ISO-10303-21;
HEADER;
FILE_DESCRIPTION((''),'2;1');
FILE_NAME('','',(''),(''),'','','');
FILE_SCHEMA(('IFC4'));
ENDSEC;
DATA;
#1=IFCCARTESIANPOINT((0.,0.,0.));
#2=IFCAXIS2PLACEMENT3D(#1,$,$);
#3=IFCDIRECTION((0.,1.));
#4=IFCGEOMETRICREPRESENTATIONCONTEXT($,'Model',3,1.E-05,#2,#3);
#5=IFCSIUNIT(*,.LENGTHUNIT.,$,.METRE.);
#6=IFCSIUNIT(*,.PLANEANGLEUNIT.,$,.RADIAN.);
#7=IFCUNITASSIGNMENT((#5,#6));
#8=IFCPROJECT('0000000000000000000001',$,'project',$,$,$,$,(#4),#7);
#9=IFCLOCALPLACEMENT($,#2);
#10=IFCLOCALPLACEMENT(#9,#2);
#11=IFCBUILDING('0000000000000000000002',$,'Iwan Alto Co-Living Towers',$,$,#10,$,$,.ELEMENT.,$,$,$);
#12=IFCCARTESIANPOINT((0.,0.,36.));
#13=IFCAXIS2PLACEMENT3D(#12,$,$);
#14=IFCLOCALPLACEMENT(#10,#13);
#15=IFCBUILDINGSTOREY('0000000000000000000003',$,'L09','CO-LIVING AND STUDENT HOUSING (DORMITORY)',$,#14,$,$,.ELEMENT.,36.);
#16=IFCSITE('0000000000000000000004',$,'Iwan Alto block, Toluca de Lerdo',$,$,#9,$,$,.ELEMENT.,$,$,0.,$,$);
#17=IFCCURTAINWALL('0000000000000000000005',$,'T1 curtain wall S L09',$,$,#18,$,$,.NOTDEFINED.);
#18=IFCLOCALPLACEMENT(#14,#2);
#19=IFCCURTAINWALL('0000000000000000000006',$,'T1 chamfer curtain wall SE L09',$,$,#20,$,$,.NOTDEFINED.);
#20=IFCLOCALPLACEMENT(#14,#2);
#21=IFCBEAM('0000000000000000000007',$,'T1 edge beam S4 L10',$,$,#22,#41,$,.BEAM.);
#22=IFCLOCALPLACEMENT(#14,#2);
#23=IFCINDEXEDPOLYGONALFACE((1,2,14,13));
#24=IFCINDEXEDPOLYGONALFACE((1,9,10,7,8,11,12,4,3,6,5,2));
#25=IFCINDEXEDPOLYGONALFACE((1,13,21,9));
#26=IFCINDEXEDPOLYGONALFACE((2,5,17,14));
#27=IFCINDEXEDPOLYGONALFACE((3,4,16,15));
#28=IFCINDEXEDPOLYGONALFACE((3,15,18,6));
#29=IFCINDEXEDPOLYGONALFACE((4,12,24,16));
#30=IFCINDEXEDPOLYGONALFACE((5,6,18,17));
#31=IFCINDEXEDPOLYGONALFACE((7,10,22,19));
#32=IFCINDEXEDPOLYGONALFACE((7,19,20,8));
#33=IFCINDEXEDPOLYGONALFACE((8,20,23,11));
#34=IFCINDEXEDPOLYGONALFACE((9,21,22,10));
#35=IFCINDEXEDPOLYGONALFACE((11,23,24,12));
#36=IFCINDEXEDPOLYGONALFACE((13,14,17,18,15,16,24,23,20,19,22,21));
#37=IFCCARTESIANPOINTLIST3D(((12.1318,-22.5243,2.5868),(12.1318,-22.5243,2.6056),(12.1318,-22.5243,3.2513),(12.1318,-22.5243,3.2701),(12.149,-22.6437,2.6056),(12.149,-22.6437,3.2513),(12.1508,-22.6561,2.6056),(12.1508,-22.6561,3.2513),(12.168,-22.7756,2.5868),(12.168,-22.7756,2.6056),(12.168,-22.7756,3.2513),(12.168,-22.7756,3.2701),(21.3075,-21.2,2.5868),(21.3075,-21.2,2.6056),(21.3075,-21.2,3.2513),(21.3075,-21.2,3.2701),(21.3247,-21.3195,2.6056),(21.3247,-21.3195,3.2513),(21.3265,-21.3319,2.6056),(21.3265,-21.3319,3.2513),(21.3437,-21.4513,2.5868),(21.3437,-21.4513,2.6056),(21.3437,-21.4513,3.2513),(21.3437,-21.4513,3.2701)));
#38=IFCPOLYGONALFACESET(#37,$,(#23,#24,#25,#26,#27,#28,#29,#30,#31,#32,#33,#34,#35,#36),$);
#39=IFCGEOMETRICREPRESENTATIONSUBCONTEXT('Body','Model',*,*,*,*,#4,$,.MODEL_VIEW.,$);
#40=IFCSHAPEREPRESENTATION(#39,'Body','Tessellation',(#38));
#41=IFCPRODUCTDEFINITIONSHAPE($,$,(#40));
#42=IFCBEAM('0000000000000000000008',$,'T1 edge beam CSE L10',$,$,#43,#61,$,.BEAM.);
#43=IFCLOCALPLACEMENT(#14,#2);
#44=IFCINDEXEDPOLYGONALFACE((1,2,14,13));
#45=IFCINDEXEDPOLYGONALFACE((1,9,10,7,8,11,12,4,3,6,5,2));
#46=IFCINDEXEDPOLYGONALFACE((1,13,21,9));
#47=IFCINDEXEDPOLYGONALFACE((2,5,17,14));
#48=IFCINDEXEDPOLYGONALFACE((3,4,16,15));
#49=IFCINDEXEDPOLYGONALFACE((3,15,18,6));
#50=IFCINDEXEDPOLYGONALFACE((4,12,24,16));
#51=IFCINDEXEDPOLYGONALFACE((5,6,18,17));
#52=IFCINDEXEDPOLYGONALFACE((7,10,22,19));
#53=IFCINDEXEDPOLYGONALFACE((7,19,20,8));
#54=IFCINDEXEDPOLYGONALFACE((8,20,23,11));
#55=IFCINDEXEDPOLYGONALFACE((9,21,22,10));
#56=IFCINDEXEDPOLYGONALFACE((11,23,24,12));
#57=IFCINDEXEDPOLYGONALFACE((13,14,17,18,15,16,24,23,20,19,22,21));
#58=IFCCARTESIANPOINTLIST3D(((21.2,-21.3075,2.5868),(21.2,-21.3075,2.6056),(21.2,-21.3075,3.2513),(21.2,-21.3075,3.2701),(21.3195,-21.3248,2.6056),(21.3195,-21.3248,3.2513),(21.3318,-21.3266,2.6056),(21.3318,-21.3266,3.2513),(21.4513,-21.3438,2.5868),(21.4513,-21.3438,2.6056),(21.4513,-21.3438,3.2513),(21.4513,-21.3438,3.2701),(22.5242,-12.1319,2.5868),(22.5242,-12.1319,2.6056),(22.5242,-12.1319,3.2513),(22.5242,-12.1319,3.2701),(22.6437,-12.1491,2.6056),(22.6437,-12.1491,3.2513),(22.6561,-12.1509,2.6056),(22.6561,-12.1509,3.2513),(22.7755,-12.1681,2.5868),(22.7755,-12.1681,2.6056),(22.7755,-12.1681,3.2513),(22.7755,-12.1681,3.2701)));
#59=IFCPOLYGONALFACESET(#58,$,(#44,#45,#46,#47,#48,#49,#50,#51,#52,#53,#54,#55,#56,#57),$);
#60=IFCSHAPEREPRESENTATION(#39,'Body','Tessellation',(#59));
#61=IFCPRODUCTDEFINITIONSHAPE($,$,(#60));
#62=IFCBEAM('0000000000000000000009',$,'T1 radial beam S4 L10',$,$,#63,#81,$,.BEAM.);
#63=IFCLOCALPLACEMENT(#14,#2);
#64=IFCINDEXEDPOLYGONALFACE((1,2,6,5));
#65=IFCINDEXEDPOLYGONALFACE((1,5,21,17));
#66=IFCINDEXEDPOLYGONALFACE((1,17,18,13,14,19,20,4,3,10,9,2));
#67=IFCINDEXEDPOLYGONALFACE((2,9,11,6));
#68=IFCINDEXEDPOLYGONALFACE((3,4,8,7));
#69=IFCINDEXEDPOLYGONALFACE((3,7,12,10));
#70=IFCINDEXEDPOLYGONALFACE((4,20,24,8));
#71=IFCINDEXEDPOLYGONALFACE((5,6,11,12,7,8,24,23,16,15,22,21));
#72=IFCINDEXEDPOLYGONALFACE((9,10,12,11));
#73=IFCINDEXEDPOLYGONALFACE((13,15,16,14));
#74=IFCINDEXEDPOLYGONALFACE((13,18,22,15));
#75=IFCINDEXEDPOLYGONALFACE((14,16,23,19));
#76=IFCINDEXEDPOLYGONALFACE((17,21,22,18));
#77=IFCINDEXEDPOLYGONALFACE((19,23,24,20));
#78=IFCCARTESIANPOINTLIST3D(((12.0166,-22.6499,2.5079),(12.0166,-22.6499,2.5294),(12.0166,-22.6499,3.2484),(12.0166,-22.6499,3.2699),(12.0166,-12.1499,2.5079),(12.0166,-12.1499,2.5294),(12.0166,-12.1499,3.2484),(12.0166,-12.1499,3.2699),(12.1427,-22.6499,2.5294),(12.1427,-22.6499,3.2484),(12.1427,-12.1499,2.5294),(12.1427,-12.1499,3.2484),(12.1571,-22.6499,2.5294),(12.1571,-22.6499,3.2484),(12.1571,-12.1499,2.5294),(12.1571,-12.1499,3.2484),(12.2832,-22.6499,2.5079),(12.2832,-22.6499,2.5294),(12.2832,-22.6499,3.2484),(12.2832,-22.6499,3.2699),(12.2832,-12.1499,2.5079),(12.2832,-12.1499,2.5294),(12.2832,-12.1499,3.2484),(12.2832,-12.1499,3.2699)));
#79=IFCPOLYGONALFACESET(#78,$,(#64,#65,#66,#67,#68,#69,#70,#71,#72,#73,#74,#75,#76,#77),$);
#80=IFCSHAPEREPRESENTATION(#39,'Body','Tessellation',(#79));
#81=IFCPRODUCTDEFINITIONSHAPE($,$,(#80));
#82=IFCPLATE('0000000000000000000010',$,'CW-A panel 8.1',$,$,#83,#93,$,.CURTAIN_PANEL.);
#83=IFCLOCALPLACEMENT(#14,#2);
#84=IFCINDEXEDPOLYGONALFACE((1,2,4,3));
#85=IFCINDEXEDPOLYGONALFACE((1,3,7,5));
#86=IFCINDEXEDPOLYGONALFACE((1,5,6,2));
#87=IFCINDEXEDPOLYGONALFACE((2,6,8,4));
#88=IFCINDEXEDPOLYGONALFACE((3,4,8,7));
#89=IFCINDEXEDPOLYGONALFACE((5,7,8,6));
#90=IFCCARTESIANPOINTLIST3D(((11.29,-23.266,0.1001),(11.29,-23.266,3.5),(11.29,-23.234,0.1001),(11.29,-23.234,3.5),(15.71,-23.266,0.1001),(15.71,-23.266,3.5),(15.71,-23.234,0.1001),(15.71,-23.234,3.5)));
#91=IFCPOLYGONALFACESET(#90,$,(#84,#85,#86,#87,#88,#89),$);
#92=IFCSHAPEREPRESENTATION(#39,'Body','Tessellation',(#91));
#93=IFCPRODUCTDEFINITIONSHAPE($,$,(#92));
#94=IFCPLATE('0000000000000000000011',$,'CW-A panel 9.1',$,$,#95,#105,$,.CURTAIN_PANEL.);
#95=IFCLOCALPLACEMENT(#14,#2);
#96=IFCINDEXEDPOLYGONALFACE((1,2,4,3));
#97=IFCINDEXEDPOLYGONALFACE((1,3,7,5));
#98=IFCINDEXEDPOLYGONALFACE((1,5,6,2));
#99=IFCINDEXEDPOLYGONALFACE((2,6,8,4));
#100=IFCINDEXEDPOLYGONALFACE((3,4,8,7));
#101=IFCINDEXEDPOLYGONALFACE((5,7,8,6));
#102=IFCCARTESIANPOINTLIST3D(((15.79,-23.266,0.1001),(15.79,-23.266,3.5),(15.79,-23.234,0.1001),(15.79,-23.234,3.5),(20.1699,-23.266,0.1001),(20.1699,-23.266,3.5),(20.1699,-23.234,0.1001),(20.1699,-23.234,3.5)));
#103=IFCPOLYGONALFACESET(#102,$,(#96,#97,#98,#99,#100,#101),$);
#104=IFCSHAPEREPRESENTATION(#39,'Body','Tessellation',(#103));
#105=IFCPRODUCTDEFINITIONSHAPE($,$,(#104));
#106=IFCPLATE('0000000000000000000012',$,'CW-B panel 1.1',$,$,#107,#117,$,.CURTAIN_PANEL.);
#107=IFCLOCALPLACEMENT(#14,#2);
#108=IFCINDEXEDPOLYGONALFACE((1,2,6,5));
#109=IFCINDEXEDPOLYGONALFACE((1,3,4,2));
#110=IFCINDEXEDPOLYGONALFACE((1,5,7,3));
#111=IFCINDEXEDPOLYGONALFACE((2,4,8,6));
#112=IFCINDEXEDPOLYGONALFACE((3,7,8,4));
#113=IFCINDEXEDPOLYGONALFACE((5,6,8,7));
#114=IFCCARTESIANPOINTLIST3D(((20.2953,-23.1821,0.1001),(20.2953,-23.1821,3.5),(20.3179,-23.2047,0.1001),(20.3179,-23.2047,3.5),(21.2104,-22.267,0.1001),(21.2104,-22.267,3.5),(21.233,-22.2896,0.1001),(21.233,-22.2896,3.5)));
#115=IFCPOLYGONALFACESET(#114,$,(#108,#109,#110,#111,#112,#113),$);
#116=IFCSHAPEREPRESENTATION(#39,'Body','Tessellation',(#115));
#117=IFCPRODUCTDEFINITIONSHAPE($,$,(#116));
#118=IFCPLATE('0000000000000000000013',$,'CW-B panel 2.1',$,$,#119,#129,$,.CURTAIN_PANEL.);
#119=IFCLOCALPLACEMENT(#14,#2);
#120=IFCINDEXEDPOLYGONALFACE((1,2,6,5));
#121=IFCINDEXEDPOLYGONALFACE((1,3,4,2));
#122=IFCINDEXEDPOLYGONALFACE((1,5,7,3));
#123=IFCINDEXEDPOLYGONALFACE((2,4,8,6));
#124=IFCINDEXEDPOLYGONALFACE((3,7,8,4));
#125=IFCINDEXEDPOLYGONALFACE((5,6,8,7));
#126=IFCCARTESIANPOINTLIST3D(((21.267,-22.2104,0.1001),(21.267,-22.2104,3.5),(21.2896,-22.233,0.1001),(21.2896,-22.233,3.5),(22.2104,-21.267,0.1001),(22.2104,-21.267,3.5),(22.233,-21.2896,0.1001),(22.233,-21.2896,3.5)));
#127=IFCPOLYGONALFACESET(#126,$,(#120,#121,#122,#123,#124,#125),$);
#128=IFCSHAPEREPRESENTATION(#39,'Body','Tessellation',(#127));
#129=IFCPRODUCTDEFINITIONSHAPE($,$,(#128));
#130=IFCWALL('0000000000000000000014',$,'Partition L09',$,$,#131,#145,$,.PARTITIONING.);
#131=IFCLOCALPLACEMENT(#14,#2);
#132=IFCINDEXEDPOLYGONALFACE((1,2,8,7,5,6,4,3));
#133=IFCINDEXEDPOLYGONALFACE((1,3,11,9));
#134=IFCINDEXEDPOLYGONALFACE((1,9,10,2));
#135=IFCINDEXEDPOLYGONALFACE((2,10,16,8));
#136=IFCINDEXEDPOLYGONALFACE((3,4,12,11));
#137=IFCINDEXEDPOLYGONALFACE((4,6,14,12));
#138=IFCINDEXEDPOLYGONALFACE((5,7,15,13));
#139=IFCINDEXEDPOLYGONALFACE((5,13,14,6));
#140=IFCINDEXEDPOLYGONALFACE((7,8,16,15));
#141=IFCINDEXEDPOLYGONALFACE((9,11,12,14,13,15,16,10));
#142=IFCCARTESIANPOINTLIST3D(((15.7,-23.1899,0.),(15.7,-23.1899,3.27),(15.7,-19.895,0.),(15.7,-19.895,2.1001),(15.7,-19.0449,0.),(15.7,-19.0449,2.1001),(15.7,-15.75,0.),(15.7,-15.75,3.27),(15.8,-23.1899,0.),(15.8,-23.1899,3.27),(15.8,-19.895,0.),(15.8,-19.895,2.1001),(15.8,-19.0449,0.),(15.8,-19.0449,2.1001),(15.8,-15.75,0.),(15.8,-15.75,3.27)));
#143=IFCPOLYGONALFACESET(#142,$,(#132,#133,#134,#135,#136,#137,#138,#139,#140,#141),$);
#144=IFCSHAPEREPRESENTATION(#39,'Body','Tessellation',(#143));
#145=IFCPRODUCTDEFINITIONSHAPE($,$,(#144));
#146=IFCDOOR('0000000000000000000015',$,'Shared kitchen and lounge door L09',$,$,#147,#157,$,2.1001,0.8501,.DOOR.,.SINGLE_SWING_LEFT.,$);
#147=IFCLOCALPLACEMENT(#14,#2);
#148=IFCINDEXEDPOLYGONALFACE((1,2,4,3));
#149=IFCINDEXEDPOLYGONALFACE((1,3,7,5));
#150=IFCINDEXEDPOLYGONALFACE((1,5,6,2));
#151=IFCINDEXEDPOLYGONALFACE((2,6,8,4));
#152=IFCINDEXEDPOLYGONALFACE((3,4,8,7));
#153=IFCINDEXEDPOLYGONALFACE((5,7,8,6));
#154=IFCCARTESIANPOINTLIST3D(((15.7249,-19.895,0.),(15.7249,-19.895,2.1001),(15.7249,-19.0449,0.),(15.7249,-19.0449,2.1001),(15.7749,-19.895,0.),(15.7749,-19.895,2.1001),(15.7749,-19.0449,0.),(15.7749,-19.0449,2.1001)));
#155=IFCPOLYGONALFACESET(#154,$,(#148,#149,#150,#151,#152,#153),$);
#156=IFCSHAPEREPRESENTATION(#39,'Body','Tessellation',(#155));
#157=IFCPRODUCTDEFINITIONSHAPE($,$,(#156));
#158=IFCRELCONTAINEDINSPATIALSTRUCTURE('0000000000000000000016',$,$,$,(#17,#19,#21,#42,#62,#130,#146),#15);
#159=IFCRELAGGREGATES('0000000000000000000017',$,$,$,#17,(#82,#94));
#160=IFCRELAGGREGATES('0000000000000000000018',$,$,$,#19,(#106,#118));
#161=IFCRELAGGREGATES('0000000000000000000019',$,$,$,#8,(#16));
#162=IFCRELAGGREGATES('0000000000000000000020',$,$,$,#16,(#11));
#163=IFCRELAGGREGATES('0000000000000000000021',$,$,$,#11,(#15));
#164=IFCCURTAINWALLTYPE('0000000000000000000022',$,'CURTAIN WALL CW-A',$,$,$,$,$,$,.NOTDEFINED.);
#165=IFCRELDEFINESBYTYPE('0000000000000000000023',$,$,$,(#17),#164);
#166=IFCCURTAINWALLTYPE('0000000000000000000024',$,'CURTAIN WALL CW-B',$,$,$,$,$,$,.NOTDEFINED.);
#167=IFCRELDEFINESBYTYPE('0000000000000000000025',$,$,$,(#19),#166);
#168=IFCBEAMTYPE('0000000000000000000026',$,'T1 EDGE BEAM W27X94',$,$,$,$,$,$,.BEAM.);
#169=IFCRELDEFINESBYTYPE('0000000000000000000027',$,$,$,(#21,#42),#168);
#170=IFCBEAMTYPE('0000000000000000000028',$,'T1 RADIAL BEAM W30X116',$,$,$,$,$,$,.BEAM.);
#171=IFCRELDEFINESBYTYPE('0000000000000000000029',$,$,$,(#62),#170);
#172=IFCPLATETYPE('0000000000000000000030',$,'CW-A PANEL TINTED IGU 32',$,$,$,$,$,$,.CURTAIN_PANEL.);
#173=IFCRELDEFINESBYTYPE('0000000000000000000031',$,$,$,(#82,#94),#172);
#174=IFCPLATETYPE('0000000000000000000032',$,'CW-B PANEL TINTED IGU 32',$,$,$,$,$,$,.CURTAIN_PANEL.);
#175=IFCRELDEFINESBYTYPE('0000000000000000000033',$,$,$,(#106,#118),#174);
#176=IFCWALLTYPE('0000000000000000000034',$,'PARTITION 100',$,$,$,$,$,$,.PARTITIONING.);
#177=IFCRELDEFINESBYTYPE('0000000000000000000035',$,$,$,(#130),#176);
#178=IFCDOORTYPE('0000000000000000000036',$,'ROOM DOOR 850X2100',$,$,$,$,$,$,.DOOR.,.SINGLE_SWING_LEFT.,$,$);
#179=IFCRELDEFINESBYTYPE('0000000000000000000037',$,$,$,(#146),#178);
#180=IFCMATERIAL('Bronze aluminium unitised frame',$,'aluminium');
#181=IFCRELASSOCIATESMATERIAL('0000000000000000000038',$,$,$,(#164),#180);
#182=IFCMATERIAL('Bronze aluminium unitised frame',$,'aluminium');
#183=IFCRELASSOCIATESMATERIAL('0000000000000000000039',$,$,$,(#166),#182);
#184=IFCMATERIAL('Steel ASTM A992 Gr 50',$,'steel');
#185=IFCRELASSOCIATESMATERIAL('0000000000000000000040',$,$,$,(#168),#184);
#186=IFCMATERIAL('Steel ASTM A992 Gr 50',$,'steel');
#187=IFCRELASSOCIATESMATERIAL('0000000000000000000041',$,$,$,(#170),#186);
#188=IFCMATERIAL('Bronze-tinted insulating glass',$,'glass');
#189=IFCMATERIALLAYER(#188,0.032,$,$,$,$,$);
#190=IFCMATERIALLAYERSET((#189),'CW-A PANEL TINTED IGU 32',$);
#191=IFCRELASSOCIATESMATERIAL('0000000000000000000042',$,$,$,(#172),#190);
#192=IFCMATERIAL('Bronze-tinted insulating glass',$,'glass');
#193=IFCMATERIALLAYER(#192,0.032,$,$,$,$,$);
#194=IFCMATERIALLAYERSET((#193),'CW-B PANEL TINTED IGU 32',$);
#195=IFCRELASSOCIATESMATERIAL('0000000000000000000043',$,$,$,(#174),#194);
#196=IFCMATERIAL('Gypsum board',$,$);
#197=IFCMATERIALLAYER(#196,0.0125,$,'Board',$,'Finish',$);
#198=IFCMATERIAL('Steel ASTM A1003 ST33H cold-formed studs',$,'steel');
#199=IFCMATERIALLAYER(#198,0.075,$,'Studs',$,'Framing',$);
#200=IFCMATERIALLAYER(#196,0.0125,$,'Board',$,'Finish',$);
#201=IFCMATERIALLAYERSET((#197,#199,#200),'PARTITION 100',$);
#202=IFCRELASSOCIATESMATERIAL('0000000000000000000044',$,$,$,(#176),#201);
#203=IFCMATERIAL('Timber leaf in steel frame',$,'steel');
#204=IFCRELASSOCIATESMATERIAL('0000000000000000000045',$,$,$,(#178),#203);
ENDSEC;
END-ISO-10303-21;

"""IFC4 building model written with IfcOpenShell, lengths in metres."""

from ifc_helpers import new_model, si_unit, direction, frame, frame_2d, origin, origin_2d, place, context, subcontext, project, spatial, rectangle, i_section, extrude, material, layer, layer_set, material_profile, profile_set, type_object, element, fill, aggregate, save


model = new_model("IFC4")

# Units and contexts
model_context = context("Model", 3, precision=1e-05, world=origin(), true_north=direction((0.0, 1.0)))
body_context = subcontext(model_context, "Body", "Model", "MODEL_VIEW")
ifc_project = project(units=[si_unit("LENGTHUNIT", "METRE"), si_unit("PLANEANGLEUNIT", "RADIAN")], contexts=[model_context])

# Site, building, storey
site_placement = place(None, origin())
site = spatial("IfcSite", under=ifc_project, at=site_placement, Name="Iwan Alto block, Toluca de Lerdo", CompositionType="ELEMENT", RefElevation=0.0)
building_placement = place(site_placement, origin())
building = spatial("IfcBuilding", under=site, at=building_placement, Name="Iwan Alto Co-Living Towers", CompositionType="ELEMENT")
storey_placement = place(building_placement, frame((0.0, 0.0, 36.0)))
storey = spatial("IfcBuildingStorey", under=building, at=storey_placement, Name="L09", Description="CO-LIVING AND STUDENT HOUSING (DORMITORY)", CompositionType="ELEMENT", Elevation=36.0)

# Curtain walls
ifc_material_1 = material(Name="Bronze aluminium unitised frame", Category="aluminium")
curtain_wall_type_1 = type_object("IfcCurtainWallType", Name="CURTAIN WALL CW-A", PredefinedType="NOTDEFINED", material=ifc_material_1)
curtain_wall_1_placement = place(storey_placement, origin())
curtain_wall_1 = element("IfcCurtainWall", 1, at=curtain_wall_1_placement, inside=storey, type_object=curtain_wall_type_1, Name="T1 curtain wall S L09", PredefinedType="NOTDEFINED")
ifc_material_2 = material(Name="Bronze aluminium unitised frame", Category="aluminium")
curtain_wall_type_2 = type_object("IfcCurtainWallType", Name="CURTAIN WALL CW-B", PredefinedType="NOTDEFINED", material=ifc_material_2)
curtain_wall_2_placement = place(storey_placement, origin())
curtain_wall_2 = element("IfcCurtainWall", 2, at=curtain_wall_2_placement, inside=storey, type_object=curtain_wall_type_2, Name="T1 chamfer curtain wall SE L09", PredefinedType="NOTDEFINED")

# Beams
ifc_material_3 = material(Name="Steel ASTM A992 Gr 50", Category="steel")
ifc_material_profile_1 = material_profile(ifc_material_3, i_section(OverallWidth=0.2539, OverallDepth=0.6833, WebThickness=0.0125, FlangeThickness=0.0188, at=origin_2d()), Name="W27X94")
ifc_profile_set_1 = profile_set([ifc_material_profile_1], Name="Steel ASTM A992 Gr 50")
beam_type_1 = type_object("IfcBeamType", Name="T1 EDGE BEAM W27X94", PredefinedType="BEAM", material=ifc_profile_set_1)
for number, where, z_axis, x_axis, name in (
    (3, (12.1499, -22.6499, 2.9285), (0.989746, 0.142837, 0.0), (-0.142837, 0.989746, 0.0), "T1 edge beam S4 L10"),
    (4, (21.3257, -21.3257, 2.9285), (0.142837, 0.989746, 0.0), (-0.989746, 0.142837, 0.0), "T1 edge beam CSE L10"),
):
    element("IfcBeam", number, at=place(storey_placement, frame(where, z_axis=z_axis, x_axis=x_axis)), inside=storey, type_object=beam_type_1, Name=name, PredefinedType="BEAM", context=body_context, shape_type="SweptSolid", body=[
        extrude(i_section(OverallWidth=0.2539, OverallDepth=0.6833, WebThickness=0.0125, FlangeThickness=0.0188, at=origin_2d()), origin(), (0.0, 0.0, 1.0), 9.2708),
    ])
ifc_material_4 = material(Name="Steel ASTM A992 Gr 50", Category="steel")
ifc_material_profile_2 = material_profile(ifc_material_4, i_section(OverallWidth=0.2666, OverallDepth=0.762, WebThickness=0.0144, FlangeThickness=0.0215, at=origin_2d()), Name="W30X116")
ifc_profile_set_2 = profile_set([ifc_material_profile_2], Name="Steel ASTM A992 Gr 50")
beam_type_2 = type_object("IfcBeamType", Name="T1 RADIAL BEAM W30X116", PredefinedType="BEAM", material=ifc_profile_set_2)
beam_1_placement = place(storey_placement, frame((12.1499, -22.6499, 2.8889), z_axis=(0.0, 1.0, 0.0), x_axis=(-1.0, 0.0, 0.0)))
element("IfcBeam", 5, at=beam_1_placement, inside=storey, type_object=beam_type_2, Name="T1 radial beam S4 L10", PredefinedType="BEAM", context=body_context, shape_type="SweptSolid", body=[
    extrude(i_section(OverallWidth=0.2666, OverallDepth=0.762, WebThickness=0.0144, FlangeThickness=0.0215, at=origin_2d()), origin(), (0.0, 0.0, 1.0), 10.5),
])

# Plates
ifc_material_5 = material(Name="Bronze-tinted insulating glass", Category="glass")
ifc_layer_1 = layer(ifc_material_5, 0.032)
ifc_layer_set_1 = layer_set([ifc_layer_1], Name="CW-A PANEL TINTED IGU 32")
plate_type_1 = type_object("IfcPlateType", Name="CW-A PANEL TINTED IGU 32", PredefinedType="CURTAIN_PANEL", material=ifc_layer_set_1)
plate_1_placement = place(storey_placement, frame((13.5, -23.25, 0.1001), z_axis=(0.0, 0.0, 1.0), x_axis=(1.0, 0.0, 0.0)))
plate_1 = element("IfcPlate", 6, at=plate_1_placement, type_object=plate_type_1, Name="CW-A panel 8.1", PredefinedType="CURTAIN_PANEL", context=body_context, shape_type="SweptSolid", body=[
    extrude(rectangle(XDim=4.4199, YDim=0.032, at=origin_2d()), origin(), (0.0, 0.0, 1.0), 3.3999),
])
plate_2_placement = place(storey_placement, frame((17.98, -23.25, 0.1001), z_axis=(0.0, 0.0, 1.0), x_axis=(1.0, 0.0, 0.0)))
plate_2 = element("IfcPlate", 7, at=plate_2_placement, type_object=plate_type_1, Name="CW-A panel 9.1", PredefinedType="CURTAIN_PANEL", context=body_context, shape_type="SweptSolid", body=[
    extrude(rectangle(XDim=4.3799, YDim=0.032, at=origin_2d()), origin(), (0.0, 0.0, 1.0), 3.3999),
])
aggregate(curtain_wall_1, [plate_1, plate_2])
ifc_material_6 = material(Name="Bronze-tinted insulating glass", Category="glass")
ifc_layer_2 = layer(ifc_material_6, 0.032)
ifc_layer_set_2 = layer_set([ifc_layer_2], Name="CW-B PANEL TINTED IGU 32")
plate_type_2 = type_object("IfcPlateType", Name="CW-B PANEL TINTED IGU 32", PredefinedType="CURTAIN_PANEL", material=ifc_layer_set_2)
plate_3_placement = place(storey_placement, frame((20.7642, -22.7358, 0.1001), z_axis=(0.0, 0.0, 1.0), x_axis=(0.707107, 0.707107, 0.0)))
plate_3 = element("IfcPlate", 8, at=plate_3_placement, type_object=plate_type_2, Name="CW-B panel 1.1", PredefinedType="CURTAIN_PANEL", context=body_context, shape_type="SweptSolid", body=[
    extrude(rectangle(XDim=1.2942, YDim=0.032, at=origin_2d()), origin(), (0.0, 0.0, 1.0), 3.3999),
])
plate_4_placement = place(storey_placement, frame((21.75, -21.75, 0.1001), z_axis=(0.0, 0.0, 1.0), x_axis=(0.707107, 0.707107, 0.0)))
plate_4 = element("IfcPlate", 9, at=plate_4_placement, type_object=plate_type_2, Name="CW-B panel 2.1", PredefinedType="CURTAIN_PANEL", context=body_context, shape_type="SweptSolid", body=[
    extrude(rectangle(XDim=1.3342, YDim=0.032, at=origin_2d()), origin(), (0.0, 0.0, 1.0), 3.3999),
])
aggregate(curtain_wall_2, [plate_3, plate_4])

# Wall, opening, door
ifc_material_7 = material(Name="Gypsum board")
ifc_layer_3 = layer(ifc_material_7, 0.0125, Name="Board", Category="Finish")
ifc_material_8 = material(Name="Steel ASTM A1003 ST33H cold-formed studs", Category="steel")
ifc_layer_4 = layer(ifc_material_8, 0.075, Name="Studs", Category="Framing")
ifc_layer_5 = layer(ifc_material_7, 0.0125, Name="Board", Category="Finish")
ifc_layer_set_3 = layer_set([ifc_layer_3, ifc_layer_4, ifc_layer_5], Name="PARTITION 100")
wall_type = type_object("IfcWallType", Name="PARTITION 100", PredefinedType="PARTITIONING", material=ifc_layer_set_3)
wall_1_placement = place(storey_placement, frame((15.75, -23.1899, 0.0), z_axis=(0.0, 0.0, 1.0), x_axis=(0.0, 1.0, 0.0)))
wall_1 = element("IfcWall", 10, at=wall_1_placement, inside=storey, type_object=wall_type, Name="Partition L09", PredefinedType="PARTITIONING", context=body_context, shape_type="SweptSolid", body=[
    extrude(rectangle(XDim=7.4399, YDim=0.1001, at=frame_2d((3.72, 0.0))), origin(), (0.0, 0.0, 1.0), 3.27),
])
opening_1_placement = place(wall_1_placement, frame((3.2949, 0.0, 0.0)))
opening_1 = element("IfcOpeningElement", 11, at=opening_1_placement, cuts=wall_1, PredefinedType="OPENING", context=body_context, shape_type="SweptSolid", body=[
    extrude(rectangle(XDim=0.8501, YDim=2.1001, at=frame_2d((0.425, 1.05))), frame((0.0, 0.0601, 0.0), z_axis=(0.0, -1.0, 0.0), x_axis=(1.0, 0.0, 0.0)), (0.0, 0.0, 1.0), 0.1201),
])
ifc_material_9 = material(Name="Timber leaf in steel frame", Category="steel")
door_type_1 = type_object("IfcDoorType", Name="ROOM DOOR 850X2100", OperationType="SINGLE_SWING_LEFT", PredefinedType="DOOR", material=ifc_material_9)
door_1_placement = place(opening_1_placement, frame((0.8501, 0.0, 0.0), z_axis=(0.0, 0.0, 1.0), x_axis=(-1.0, 0.0, 0.0)))
door_1 = element("IfcDoor", 12, at=door_1_placement, inside=storey, type_object=door_type_1, Name="Shared kitchen and lounge door L09", OperationType="SINGLE_SWING_LEFT", OverallHeight=2.1001, OverallWidth=0.8501, PredefinedType="DOOR", context=body_context, shape_type="SweptSolid", body=[
    extrude(rectangle(XDim=0.8501, YDim=2.1001, at=frame_2d((0.425, 1.05))), frame((0.0, 0.0249, 0.0), z_axis=(0.0, -1.0, 0.0), x_axis=(1.0, 0.0, 0.0)), (0.0, 0.0, 1.0), 0.05),
])
fill(opening_1, door_1)

save(model, "model.ifc")
